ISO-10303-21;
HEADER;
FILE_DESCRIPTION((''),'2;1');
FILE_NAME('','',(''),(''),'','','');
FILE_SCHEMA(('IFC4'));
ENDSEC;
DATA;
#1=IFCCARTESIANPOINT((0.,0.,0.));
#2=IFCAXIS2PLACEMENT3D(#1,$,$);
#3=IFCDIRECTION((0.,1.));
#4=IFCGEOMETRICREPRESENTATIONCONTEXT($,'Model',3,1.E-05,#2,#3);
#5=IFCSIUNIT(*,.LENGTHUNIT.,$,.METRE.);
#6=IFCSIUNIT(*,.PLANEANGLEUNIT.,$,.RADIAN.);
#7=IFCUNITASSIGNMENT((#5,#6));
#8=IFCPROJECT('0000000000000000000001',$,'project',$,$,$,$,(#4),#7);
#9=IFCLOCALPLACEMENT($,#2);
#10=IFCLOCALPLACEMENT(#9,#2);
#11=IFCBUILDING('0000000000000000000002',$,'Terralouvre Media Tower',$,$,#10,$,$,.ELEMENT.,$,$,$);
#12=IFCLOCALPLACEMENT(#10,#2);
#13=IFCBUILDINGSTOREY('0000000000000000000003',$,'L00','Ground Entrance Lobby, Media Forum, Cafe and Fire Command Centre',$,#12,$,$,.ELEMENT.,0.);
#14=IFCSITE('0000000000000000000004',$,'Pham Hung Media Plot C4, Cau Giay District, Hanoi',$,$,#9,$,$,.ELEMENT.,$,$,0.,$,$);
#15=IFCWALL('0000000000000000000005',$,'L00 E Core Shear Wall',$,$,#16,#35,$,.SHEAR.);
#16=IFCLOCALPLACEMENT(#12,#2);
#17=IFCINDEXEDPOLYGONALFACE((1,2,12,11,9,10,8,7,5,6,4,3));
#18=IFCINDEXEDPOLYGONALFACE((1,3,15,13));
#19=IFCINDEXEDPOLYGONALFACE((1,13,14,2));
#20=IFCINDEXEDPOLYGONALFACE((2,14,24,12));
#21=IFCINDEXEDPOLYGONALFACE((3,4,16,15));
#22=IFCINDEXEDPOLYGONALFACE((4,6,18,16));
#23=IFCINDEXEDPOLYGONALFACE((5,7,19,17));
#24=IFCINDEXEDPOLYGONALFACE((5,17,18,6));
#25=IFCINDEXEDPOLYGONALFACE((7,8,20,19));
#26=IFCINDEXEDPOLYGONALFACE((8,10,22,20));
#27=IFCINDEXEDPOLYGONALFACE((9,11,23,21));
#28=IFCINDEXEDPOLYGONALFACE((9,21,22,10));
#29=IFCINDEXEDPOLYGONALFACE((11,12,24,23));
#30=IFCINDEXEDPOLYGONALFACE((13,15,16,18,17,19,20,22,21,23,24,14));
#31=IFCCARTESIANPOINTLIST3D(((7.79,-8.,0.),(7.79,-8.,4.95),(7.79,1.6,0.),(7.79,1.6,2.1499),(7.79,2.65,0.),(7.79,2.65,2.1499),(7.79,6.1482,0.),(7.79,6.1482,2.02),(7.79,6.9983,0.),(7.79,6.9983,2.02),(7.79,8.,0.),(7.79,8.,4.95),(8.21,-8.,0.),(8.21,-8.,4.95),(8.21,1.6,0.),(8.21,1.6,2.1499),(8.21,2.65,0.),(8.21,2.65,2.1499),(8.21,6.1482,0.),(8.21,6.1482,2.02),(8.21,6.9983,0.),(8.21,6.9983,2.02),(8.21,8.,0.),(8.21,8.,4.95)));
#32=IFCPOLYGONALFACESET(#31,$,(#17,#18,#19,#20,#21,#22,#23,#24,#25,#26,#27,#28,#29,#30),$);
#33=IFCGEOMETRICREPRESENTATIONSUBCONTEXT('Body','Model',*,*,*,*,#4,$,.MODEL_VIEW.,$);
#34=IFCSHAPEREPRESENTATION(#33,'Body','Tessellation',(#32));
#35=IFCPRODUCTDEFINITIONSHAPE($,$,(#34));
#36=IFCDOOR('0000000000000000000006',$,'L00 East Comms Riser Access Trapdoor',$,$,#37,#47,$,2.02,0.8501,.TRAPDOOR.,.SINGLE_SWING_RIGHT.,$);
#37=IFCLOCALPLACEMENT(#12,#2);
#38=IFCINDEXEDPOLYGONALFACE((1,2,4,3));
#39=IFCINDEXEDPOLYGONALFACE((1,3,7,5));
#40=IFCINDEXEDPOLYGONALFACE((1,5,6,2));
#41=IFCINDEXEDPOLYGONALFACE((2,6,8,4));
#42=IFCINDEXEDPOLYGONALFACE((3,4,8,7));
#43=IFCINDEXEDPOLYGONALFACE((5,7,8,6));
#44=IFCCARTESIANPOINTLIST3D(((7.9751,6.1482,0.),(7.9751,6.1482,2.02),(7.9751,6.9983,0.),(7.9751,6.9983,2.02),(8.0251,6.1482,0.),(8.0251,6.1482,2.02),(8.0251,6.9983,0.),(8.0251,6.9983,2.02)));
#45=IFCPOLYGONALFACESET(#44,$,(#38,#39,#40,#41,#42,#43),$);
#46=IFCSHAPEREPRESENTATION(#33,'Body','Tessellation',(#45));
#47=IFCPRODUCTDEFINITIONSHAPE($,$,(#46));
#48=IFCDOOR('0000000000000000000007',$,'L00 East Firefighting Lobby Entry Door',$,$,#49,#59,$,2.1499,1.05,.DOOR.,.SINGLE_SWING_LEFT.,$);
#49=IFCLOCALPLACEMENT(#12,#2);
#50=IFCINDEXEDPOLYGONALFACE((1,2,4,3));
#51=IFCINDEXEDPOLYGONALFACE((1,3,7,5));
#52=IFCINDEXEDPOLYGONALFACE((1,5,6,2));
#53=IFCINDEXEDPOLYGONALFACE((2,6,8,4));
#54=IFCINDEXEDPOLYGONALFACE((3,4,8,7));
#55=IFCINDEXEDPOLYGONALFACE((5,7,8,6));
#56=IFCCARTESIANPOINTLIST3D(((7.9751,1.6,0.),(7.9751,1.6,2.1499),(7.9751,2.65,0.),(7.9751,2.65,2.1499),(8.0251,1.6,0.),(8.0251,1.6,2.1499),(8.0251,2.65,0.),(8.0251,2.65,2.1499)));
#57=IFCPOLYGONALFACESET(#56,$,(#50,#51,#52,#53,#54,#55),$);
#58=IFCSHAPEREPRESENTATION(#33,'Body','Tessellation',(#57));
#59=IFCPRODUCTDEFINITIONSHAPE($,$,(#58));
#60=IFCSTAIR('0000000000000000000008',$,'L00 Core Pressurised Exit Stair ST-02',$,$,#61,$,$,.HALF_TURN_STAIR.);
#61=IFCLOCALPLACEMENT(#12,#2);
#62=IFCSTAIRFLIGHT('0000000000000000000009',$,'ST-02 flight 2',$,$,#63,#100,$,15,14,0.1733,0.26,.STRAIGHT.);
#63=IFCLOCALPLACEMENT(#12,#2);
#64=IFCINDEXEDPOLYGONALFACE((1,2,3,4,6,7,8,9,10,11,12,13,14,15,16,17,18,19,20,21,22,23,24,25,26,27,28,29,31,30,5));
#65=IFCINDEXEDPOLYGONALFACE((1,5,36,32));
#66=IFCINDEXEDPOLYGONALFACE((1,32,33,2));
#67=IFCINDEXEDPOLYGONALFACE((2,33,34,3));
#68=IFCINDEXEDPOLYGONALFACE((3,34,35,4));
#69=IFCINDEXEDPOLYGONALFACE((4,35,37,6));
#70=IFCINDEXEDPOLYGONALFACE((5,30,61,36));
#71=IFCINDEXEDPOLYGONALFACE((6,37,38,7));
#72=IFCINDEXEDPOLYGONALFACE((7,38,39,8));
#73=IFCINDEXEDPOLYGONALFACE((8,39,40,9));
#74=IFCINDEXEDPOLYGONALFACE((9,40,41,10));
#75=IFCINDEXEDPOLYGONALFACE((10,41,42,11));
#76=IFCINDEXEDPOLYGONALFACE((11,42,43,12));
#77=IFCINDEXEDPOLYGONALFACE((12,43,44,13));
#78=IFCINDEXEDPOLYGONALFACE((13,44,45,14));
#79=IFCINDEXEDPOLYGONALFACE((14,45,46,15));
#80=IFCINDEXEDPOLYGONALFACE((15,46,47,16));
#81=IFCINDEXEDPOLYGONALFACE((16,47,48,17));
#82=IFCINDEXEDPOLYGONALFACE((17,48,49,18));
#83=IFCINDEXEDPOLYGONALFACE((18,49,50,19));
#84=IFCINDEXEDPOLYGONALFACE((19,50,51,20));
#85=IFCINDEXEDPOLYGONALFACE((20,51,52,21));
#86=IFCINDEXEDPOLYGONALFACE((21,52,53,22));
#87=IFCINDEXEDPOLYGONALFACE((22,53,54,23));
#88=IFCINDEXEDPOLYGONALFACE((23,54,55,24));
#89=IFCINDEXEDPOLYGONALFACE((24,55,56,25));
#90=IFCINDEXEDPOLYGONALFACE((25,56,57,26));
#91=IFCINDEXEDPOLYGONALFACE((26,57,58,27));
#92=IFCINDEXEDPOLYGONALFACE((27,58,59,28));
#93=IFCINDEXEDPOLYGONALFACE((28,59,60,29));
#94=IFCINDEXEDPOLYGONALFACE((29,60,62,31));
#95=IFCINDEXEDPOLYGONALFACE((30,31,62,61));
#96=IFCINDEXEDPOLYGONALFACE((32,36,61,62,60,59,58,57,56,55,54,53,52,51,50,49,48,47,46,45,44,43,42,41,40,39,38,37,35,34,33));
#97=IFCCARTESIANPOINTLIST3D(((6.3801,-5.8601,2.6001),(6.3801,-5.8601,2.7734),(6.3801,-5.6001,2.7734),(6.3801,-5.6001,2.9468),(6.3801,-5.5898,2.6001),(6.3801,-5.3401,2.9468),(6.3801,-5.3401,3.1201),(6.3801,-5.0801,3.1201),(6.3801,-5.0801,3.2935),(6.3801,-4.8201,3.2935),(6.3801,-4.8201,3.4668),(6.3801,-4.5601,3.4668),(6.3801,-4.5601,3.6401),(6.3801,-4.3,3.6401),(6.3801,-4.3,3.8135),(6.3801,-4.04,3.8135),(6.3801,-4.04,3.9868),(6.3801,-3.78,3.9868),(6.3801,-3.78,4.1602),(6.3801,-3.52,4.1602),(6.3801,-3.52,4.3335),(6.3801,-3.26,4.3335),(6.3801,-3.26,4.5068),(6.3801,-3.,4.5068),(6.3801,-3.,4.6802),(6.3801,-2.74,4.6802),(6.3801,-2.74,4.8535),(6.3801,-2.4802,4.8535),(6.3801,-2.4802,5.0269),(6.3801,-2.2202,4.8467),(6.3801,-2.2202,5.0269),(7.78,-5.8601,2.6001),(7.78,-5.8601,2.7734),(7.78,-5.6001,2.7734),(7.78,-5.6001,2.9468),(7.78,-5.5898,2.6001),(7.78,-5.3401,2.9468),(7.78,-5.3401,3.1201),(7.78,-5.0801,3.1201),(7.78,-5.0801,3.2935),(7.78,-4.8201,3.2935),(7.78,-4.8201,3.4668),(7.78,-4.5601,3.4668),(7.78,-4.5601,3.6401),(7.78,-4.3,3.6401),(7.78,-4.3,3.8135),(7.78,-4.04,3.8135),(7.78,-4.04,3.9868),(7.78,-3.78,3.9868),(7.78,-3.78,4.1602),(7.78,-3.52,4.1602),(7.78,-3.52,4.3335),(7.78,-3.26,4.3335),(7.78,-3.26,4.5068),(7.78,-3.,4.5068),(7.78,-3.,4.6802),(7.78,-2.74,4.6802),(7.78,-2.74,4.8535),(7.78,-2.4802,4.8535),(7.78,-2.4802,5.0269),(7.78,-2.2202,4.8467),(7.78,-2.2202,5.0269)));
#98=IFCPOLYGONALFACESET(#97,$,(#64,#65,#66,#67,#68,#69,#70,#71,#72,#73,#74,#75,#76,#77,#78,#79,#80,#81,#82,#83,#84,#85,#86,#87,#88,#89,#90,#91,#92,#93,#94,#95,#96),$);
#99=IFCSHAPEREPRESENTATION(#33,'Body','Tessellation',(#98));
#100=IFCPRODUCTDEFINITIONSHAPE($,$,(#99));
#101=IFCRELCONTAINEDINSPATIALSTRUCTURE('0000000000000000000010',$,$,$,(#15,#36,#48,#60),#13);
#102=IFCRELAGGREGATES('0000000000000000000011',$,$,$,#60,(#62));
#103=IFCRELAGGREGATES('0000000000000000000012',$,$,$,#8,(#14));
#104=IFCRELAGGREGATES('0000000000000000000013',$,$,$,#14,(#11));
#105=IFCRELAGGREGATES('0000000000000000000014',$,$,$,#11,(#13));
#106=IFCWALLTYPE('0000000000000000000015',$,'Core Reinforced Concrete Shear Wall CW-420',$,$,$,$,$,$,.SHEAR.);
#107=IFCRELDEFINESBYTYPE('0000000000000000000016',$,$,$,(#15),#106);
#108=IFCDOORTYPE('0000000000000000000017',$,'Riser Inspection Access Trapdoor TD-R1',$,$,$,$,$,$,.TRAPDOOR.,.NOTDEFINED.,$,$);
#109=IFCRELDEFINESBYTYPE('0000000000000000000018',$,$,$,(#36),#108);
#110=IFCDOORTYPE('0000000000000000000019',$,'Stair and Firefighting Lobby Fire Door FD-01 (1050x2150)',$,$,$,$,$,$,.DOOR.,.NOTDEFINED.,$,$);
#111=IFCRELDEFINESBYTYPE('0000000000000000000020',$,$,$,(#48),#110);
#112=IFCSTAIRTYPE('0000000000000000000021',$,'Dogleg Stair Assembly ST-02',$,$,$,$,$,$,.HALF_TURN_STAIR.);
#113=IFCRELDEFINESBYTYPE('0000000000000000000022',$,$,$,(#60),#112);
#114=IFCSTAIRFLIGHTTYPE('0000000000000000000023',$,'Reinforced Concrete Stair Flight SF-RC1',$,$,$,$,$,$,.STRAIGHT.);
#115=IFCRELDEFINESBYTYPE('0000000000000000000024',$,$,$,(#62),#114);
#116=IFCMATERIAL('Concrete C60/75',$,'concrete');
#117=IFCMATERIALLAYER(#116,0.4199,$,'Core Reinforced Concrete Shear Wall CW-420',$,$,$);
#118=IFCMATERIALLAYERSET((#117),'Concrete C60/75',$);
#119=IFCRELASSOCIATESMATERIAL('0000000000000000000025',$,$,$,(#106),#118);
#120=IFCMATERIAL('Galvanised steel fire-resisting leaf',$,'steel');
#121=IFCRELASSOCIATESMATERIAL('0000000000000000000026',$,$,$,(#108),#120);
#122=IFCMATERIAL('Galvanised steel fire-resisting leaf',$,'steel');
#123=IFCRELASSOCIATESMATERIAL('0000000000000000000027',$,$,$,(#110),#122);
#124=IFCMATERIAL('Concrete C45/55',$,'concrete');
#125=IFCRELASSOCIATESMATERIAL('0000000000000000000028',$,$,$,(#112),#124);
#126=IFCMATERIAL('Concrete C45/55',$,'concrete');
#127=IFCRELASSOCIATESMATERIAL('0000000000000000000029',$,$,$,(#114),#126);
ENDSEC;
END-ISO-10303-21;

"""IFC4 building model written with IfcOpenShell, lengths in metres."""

from ifc_helpers import new_model, si_unit, direction, frame, frame_2d, origin, place, context, subcontext, project, spatial, polyline, rectangle, outline, extrude, material, layer, layer_set, type_object, element, fill, aggregate, save


model = new_model("IFC4")

# Units and contexts
model_context = context("Model", 3, precision=1e-05, world=origin(), true_north=direction((0.0, 1.0)))
body_context = subcontext(model_context, "Body", "Model", "MODEL_VIEW")
ifc_project = project(units=[si_unit("LENGTHUNIT", "METRE"), si_unit("PLANEANGLEUNIT", "RADIAN")], contexts=[model_context])

# Site, building, storey
site_placement = place(None, origin())
site = spatial("IfcSite", under=ifc_project, at=site_placement, Name="Pham Hung Media Plot C4, Cau Giay District, Hanoi", CompositionType="ELEMENT", RefElevation=0.0)
building_placement = place(site_placement, origin())
building = spatial("IfcBuilding", under=site, at=building_placement, Name="Terralouvre Media Tower", CompositionType="ELEMENT")
storey_placement = place(building_placement, origin())
storey = spatial("IfcBuildingStorey", under=building, at=storey_placement, Name="L00", Description="Ground Entrance Lobby, Media Forum, Cafe and Fire Command Centre", CompositionType="ELEMENT", Elevation=0.0)

# Wall, openings, doors
ifc_material_1 = material(Name="Concrete C60/75", Category="concrete")
ifc_layer_1 = layer(ifc_material_1, 0.4199, Name="Core Reinforced Concrete Shear Wall CW-420")
ifc_layer_set_1 = layer_set([ifc_layer_1], Name="Concrete C60/75")
wall_type_1 = type_object("IfcWallType", Name="Core Reinforced Concrete Shear Wall CW-420", PredefinedType="SHEAR", material=ifc_layer_set_1)
wall_1_placement = place(storey_placement, frame((8.0, -8.0, 0.0), z_axis=(0.0, 0.0, 1.0), x_axis=(0.0, 1.0, 0.0)))
wall_1 = element("IfcWall", 1, at=wall_1_placement, inside=storey, type_object=wall_type_1, Name="L00 E Core Shear Wall", PredefinedType="SHEAR", context=body_context, shape_type="SweptSolid", body=[
    extrude(rectangle(XDim=16.0, YDim=0.4199, at=frame_2d((8.0, 0.0))), origin(), (0.0, 0.0, 1.0), 4.95),
])
opening_1_placement = place(wall_1_placement, frame((9.6001, 0.0, 0.0)))
opening_1 = element("IfcOpeningElement", 2, at=opening_1_placement, cuts=wall_1, PredefinedType="OPENING", context=body_context, shape_type="SweptSolid", body=[
    extrude(rectangle(XDim=1.05, YDim=2.1499, at=frame_2d((0.5249, 1.075))), frame((0.0, 0.22, 0.0), z_axis=(0.0, -1.0, 0.0), x_axis=(1.0, 0.0, 0.0)), (0.0, 0.0, 1.0), 0.4399),
])
opening_2_placement = place(wall_1_placement, frame((14.1482, 0.0, 0.0)))
opening_2 = element("IfcOpeningElement", 3, at=opening_2_placement, cuts=wall_1, PredefinedType="OPENING", context=body_context, shape_type="SweptSolid", body=[
    extrude(rectangle(XDim=0.8501, YDim=2.02, at=frame_2d((0.425, 1.01))), frame((0.0, 0.22, 0.0), z_axis=(0.0, -1.0, 0.0), x_axis=(1.0, 0.0, 0.0)), (0.0, 0.0, 1.0), 0.4399),
])
ifc_material_2 = material(Name="Galvanised steel fire-resisting leaf", Category="steel")
door_type_1 = type_object("IfcDoorType", Name="Riser Inspection Access Trapdoor TD-R1", OperationType="NOTDEFINED", PredefinedType="TRAPDOOR", material=ifc_material_2)
door_1_placement = place(opening_2_placement, origin())
door_1 = element("IfcDoor", 4, at=door_1_placement, inside=storey, type_object=door_type_1, Name="L00 East Comms Riser Access Trapdoor", OperationType="SINGLE_SWING_RIGHT", OverallHeight=2.02, OverallWidth=0.8501, PredefinedType="TRAPDOOR", context=body_context, shape_type="SweptSolid", body=[
    extrude(rectangle(XDim=0.8501, YDim=2.02, at=frame_2d((0.425, 1.01))), frame((0.0, 0.0249, 0.0), z_axis=(0.0, -1.0, 0.0), x_axis=(1.0, 0.0, 0.0)), (0.0, 0.0, 1.0), 0.05),
])
fill(opening_2, door_1)
ifc_material_3 = material(Name="Galvanised steel fire-resisting leaf", Category="steel")
door_type_2 = type_object("IfcDoorType", Name="Stair and Firefighting Lobby Fire Door FD-01 (1050x2150)", OperationType="NOTDEFINED", PredefinedType="DOOR", material=ifc_material_3)
door_2_placement = place(opening_1_placement, origin())
door_2 = element("IfcDoor", 5, at=door_2_placement, inside=storey, type_object=door_type_2, Name="L00 East Firefighting Lobby Entry Door", OperationType="SINGLE_SWING_LEFT", OverallHeight=2.1499, OverallWidth=1.05, PredefinedType="DOOR", context=body_context, shape_type="SweptSolid", body=[
    extrude(rectangle(XDim=1.05, YDim=2.1499, at=frame_2d((0.5249, 1.075))), frame((0.0, 0.0249, 0.0), z_axis=(0.0, -1.0, 0.0), x_axis=(1.0, 0.0, 0.0)), (0.0, 0.0, 1.0), 0.05),
])
fill(opening_1, door_2)

# Stair, stair flight
ifc_material_4 = material(Name="Concrete C45/55", Category="concrete")
stair_type = type_object("IfcStairType", Name="Dogleg Stair Assembly ST-02", PredefinedType="HALF_TURN_STAIR", material=ifc_material_4)
stair_placement = place(storey_placement, origin())
stair = element("IfcStair", 6, at=stair_placement, inside=storey, type_object=stair_type, Name="L00 Core Pressurised Exit Stair ST-02", PredefinedType="HALF_TURN_STAIR")
ifc_material_5 = material(Name="Concrete C45/55", Category="concrete")
stair_flight_type = type_object("IfcStairFlightType", Name="Reinforced Concrete Stair Flight SF-RC1", PredefinedType="STRAIGHT", material=ifc_material_5)
stair_flight_placement = place(storey_placement, frame((7.0801, -5.8601, 2.6001), z_axis=(0.0, 0.0, 1.0), x_axis=(0.0, 1.0, 0.0)))
stair_flight = element("IfcStairFlight", 7, at=stair_flight_placement, type_object=stair_flight_type, Name="ST-02 flight 2", NumberOfRisers=15, NumberOfTreads=14, PredefinedType="STRAIGHT", RiserHeight=0.1733, TreadLength=0.26, context=body_context, shape_type="SweptSolid", body=[
    extrude(outline(polyline([(0.0, 0.0), (0.0, 0.1733), (0.26, 0.1733), (0.26, 0.3467), (0.52, 0.3467), (0.52, 0.52), (0.78, 0.52), (0.78, 0.6934), (1.04, 0.6934), (1.04, 0.8667), (1.3, 0.8667), (1.3, 1.04), (1.5601, 1.04), (1.5601, 1.2134), (1.8201, 1.2134), (1.8201, 1.3867), (2.0801, 1.3867), (2.0801, 1.5601), (2.3401, 1.5601), (2.3401, 1.7334), (2.6001, 1.7334), (2.6001, 1.9067), (2.8601, 1.9067), (2.8601, 2.0801), (3.1201, 2.0801), (3.1201, 2.2534), (3.3799, 2.2534), (3.3799, 2.4268), (3.6399, 2.4268), (3.6399, 2.6001), (3.6399, 2.2466), (0.2703, 0.0), (0.0, 0.0)])), frame((0.0, 0.7, 0.0), z_axis=(0.0, -1.0, 0.0), x_axis=(1.0, 0.0, 0.0)), (0.0, 0.0, 1.0), 1.3999),
])
aggregate(stair, [stair_flight])

save(model, "model.ifc")
